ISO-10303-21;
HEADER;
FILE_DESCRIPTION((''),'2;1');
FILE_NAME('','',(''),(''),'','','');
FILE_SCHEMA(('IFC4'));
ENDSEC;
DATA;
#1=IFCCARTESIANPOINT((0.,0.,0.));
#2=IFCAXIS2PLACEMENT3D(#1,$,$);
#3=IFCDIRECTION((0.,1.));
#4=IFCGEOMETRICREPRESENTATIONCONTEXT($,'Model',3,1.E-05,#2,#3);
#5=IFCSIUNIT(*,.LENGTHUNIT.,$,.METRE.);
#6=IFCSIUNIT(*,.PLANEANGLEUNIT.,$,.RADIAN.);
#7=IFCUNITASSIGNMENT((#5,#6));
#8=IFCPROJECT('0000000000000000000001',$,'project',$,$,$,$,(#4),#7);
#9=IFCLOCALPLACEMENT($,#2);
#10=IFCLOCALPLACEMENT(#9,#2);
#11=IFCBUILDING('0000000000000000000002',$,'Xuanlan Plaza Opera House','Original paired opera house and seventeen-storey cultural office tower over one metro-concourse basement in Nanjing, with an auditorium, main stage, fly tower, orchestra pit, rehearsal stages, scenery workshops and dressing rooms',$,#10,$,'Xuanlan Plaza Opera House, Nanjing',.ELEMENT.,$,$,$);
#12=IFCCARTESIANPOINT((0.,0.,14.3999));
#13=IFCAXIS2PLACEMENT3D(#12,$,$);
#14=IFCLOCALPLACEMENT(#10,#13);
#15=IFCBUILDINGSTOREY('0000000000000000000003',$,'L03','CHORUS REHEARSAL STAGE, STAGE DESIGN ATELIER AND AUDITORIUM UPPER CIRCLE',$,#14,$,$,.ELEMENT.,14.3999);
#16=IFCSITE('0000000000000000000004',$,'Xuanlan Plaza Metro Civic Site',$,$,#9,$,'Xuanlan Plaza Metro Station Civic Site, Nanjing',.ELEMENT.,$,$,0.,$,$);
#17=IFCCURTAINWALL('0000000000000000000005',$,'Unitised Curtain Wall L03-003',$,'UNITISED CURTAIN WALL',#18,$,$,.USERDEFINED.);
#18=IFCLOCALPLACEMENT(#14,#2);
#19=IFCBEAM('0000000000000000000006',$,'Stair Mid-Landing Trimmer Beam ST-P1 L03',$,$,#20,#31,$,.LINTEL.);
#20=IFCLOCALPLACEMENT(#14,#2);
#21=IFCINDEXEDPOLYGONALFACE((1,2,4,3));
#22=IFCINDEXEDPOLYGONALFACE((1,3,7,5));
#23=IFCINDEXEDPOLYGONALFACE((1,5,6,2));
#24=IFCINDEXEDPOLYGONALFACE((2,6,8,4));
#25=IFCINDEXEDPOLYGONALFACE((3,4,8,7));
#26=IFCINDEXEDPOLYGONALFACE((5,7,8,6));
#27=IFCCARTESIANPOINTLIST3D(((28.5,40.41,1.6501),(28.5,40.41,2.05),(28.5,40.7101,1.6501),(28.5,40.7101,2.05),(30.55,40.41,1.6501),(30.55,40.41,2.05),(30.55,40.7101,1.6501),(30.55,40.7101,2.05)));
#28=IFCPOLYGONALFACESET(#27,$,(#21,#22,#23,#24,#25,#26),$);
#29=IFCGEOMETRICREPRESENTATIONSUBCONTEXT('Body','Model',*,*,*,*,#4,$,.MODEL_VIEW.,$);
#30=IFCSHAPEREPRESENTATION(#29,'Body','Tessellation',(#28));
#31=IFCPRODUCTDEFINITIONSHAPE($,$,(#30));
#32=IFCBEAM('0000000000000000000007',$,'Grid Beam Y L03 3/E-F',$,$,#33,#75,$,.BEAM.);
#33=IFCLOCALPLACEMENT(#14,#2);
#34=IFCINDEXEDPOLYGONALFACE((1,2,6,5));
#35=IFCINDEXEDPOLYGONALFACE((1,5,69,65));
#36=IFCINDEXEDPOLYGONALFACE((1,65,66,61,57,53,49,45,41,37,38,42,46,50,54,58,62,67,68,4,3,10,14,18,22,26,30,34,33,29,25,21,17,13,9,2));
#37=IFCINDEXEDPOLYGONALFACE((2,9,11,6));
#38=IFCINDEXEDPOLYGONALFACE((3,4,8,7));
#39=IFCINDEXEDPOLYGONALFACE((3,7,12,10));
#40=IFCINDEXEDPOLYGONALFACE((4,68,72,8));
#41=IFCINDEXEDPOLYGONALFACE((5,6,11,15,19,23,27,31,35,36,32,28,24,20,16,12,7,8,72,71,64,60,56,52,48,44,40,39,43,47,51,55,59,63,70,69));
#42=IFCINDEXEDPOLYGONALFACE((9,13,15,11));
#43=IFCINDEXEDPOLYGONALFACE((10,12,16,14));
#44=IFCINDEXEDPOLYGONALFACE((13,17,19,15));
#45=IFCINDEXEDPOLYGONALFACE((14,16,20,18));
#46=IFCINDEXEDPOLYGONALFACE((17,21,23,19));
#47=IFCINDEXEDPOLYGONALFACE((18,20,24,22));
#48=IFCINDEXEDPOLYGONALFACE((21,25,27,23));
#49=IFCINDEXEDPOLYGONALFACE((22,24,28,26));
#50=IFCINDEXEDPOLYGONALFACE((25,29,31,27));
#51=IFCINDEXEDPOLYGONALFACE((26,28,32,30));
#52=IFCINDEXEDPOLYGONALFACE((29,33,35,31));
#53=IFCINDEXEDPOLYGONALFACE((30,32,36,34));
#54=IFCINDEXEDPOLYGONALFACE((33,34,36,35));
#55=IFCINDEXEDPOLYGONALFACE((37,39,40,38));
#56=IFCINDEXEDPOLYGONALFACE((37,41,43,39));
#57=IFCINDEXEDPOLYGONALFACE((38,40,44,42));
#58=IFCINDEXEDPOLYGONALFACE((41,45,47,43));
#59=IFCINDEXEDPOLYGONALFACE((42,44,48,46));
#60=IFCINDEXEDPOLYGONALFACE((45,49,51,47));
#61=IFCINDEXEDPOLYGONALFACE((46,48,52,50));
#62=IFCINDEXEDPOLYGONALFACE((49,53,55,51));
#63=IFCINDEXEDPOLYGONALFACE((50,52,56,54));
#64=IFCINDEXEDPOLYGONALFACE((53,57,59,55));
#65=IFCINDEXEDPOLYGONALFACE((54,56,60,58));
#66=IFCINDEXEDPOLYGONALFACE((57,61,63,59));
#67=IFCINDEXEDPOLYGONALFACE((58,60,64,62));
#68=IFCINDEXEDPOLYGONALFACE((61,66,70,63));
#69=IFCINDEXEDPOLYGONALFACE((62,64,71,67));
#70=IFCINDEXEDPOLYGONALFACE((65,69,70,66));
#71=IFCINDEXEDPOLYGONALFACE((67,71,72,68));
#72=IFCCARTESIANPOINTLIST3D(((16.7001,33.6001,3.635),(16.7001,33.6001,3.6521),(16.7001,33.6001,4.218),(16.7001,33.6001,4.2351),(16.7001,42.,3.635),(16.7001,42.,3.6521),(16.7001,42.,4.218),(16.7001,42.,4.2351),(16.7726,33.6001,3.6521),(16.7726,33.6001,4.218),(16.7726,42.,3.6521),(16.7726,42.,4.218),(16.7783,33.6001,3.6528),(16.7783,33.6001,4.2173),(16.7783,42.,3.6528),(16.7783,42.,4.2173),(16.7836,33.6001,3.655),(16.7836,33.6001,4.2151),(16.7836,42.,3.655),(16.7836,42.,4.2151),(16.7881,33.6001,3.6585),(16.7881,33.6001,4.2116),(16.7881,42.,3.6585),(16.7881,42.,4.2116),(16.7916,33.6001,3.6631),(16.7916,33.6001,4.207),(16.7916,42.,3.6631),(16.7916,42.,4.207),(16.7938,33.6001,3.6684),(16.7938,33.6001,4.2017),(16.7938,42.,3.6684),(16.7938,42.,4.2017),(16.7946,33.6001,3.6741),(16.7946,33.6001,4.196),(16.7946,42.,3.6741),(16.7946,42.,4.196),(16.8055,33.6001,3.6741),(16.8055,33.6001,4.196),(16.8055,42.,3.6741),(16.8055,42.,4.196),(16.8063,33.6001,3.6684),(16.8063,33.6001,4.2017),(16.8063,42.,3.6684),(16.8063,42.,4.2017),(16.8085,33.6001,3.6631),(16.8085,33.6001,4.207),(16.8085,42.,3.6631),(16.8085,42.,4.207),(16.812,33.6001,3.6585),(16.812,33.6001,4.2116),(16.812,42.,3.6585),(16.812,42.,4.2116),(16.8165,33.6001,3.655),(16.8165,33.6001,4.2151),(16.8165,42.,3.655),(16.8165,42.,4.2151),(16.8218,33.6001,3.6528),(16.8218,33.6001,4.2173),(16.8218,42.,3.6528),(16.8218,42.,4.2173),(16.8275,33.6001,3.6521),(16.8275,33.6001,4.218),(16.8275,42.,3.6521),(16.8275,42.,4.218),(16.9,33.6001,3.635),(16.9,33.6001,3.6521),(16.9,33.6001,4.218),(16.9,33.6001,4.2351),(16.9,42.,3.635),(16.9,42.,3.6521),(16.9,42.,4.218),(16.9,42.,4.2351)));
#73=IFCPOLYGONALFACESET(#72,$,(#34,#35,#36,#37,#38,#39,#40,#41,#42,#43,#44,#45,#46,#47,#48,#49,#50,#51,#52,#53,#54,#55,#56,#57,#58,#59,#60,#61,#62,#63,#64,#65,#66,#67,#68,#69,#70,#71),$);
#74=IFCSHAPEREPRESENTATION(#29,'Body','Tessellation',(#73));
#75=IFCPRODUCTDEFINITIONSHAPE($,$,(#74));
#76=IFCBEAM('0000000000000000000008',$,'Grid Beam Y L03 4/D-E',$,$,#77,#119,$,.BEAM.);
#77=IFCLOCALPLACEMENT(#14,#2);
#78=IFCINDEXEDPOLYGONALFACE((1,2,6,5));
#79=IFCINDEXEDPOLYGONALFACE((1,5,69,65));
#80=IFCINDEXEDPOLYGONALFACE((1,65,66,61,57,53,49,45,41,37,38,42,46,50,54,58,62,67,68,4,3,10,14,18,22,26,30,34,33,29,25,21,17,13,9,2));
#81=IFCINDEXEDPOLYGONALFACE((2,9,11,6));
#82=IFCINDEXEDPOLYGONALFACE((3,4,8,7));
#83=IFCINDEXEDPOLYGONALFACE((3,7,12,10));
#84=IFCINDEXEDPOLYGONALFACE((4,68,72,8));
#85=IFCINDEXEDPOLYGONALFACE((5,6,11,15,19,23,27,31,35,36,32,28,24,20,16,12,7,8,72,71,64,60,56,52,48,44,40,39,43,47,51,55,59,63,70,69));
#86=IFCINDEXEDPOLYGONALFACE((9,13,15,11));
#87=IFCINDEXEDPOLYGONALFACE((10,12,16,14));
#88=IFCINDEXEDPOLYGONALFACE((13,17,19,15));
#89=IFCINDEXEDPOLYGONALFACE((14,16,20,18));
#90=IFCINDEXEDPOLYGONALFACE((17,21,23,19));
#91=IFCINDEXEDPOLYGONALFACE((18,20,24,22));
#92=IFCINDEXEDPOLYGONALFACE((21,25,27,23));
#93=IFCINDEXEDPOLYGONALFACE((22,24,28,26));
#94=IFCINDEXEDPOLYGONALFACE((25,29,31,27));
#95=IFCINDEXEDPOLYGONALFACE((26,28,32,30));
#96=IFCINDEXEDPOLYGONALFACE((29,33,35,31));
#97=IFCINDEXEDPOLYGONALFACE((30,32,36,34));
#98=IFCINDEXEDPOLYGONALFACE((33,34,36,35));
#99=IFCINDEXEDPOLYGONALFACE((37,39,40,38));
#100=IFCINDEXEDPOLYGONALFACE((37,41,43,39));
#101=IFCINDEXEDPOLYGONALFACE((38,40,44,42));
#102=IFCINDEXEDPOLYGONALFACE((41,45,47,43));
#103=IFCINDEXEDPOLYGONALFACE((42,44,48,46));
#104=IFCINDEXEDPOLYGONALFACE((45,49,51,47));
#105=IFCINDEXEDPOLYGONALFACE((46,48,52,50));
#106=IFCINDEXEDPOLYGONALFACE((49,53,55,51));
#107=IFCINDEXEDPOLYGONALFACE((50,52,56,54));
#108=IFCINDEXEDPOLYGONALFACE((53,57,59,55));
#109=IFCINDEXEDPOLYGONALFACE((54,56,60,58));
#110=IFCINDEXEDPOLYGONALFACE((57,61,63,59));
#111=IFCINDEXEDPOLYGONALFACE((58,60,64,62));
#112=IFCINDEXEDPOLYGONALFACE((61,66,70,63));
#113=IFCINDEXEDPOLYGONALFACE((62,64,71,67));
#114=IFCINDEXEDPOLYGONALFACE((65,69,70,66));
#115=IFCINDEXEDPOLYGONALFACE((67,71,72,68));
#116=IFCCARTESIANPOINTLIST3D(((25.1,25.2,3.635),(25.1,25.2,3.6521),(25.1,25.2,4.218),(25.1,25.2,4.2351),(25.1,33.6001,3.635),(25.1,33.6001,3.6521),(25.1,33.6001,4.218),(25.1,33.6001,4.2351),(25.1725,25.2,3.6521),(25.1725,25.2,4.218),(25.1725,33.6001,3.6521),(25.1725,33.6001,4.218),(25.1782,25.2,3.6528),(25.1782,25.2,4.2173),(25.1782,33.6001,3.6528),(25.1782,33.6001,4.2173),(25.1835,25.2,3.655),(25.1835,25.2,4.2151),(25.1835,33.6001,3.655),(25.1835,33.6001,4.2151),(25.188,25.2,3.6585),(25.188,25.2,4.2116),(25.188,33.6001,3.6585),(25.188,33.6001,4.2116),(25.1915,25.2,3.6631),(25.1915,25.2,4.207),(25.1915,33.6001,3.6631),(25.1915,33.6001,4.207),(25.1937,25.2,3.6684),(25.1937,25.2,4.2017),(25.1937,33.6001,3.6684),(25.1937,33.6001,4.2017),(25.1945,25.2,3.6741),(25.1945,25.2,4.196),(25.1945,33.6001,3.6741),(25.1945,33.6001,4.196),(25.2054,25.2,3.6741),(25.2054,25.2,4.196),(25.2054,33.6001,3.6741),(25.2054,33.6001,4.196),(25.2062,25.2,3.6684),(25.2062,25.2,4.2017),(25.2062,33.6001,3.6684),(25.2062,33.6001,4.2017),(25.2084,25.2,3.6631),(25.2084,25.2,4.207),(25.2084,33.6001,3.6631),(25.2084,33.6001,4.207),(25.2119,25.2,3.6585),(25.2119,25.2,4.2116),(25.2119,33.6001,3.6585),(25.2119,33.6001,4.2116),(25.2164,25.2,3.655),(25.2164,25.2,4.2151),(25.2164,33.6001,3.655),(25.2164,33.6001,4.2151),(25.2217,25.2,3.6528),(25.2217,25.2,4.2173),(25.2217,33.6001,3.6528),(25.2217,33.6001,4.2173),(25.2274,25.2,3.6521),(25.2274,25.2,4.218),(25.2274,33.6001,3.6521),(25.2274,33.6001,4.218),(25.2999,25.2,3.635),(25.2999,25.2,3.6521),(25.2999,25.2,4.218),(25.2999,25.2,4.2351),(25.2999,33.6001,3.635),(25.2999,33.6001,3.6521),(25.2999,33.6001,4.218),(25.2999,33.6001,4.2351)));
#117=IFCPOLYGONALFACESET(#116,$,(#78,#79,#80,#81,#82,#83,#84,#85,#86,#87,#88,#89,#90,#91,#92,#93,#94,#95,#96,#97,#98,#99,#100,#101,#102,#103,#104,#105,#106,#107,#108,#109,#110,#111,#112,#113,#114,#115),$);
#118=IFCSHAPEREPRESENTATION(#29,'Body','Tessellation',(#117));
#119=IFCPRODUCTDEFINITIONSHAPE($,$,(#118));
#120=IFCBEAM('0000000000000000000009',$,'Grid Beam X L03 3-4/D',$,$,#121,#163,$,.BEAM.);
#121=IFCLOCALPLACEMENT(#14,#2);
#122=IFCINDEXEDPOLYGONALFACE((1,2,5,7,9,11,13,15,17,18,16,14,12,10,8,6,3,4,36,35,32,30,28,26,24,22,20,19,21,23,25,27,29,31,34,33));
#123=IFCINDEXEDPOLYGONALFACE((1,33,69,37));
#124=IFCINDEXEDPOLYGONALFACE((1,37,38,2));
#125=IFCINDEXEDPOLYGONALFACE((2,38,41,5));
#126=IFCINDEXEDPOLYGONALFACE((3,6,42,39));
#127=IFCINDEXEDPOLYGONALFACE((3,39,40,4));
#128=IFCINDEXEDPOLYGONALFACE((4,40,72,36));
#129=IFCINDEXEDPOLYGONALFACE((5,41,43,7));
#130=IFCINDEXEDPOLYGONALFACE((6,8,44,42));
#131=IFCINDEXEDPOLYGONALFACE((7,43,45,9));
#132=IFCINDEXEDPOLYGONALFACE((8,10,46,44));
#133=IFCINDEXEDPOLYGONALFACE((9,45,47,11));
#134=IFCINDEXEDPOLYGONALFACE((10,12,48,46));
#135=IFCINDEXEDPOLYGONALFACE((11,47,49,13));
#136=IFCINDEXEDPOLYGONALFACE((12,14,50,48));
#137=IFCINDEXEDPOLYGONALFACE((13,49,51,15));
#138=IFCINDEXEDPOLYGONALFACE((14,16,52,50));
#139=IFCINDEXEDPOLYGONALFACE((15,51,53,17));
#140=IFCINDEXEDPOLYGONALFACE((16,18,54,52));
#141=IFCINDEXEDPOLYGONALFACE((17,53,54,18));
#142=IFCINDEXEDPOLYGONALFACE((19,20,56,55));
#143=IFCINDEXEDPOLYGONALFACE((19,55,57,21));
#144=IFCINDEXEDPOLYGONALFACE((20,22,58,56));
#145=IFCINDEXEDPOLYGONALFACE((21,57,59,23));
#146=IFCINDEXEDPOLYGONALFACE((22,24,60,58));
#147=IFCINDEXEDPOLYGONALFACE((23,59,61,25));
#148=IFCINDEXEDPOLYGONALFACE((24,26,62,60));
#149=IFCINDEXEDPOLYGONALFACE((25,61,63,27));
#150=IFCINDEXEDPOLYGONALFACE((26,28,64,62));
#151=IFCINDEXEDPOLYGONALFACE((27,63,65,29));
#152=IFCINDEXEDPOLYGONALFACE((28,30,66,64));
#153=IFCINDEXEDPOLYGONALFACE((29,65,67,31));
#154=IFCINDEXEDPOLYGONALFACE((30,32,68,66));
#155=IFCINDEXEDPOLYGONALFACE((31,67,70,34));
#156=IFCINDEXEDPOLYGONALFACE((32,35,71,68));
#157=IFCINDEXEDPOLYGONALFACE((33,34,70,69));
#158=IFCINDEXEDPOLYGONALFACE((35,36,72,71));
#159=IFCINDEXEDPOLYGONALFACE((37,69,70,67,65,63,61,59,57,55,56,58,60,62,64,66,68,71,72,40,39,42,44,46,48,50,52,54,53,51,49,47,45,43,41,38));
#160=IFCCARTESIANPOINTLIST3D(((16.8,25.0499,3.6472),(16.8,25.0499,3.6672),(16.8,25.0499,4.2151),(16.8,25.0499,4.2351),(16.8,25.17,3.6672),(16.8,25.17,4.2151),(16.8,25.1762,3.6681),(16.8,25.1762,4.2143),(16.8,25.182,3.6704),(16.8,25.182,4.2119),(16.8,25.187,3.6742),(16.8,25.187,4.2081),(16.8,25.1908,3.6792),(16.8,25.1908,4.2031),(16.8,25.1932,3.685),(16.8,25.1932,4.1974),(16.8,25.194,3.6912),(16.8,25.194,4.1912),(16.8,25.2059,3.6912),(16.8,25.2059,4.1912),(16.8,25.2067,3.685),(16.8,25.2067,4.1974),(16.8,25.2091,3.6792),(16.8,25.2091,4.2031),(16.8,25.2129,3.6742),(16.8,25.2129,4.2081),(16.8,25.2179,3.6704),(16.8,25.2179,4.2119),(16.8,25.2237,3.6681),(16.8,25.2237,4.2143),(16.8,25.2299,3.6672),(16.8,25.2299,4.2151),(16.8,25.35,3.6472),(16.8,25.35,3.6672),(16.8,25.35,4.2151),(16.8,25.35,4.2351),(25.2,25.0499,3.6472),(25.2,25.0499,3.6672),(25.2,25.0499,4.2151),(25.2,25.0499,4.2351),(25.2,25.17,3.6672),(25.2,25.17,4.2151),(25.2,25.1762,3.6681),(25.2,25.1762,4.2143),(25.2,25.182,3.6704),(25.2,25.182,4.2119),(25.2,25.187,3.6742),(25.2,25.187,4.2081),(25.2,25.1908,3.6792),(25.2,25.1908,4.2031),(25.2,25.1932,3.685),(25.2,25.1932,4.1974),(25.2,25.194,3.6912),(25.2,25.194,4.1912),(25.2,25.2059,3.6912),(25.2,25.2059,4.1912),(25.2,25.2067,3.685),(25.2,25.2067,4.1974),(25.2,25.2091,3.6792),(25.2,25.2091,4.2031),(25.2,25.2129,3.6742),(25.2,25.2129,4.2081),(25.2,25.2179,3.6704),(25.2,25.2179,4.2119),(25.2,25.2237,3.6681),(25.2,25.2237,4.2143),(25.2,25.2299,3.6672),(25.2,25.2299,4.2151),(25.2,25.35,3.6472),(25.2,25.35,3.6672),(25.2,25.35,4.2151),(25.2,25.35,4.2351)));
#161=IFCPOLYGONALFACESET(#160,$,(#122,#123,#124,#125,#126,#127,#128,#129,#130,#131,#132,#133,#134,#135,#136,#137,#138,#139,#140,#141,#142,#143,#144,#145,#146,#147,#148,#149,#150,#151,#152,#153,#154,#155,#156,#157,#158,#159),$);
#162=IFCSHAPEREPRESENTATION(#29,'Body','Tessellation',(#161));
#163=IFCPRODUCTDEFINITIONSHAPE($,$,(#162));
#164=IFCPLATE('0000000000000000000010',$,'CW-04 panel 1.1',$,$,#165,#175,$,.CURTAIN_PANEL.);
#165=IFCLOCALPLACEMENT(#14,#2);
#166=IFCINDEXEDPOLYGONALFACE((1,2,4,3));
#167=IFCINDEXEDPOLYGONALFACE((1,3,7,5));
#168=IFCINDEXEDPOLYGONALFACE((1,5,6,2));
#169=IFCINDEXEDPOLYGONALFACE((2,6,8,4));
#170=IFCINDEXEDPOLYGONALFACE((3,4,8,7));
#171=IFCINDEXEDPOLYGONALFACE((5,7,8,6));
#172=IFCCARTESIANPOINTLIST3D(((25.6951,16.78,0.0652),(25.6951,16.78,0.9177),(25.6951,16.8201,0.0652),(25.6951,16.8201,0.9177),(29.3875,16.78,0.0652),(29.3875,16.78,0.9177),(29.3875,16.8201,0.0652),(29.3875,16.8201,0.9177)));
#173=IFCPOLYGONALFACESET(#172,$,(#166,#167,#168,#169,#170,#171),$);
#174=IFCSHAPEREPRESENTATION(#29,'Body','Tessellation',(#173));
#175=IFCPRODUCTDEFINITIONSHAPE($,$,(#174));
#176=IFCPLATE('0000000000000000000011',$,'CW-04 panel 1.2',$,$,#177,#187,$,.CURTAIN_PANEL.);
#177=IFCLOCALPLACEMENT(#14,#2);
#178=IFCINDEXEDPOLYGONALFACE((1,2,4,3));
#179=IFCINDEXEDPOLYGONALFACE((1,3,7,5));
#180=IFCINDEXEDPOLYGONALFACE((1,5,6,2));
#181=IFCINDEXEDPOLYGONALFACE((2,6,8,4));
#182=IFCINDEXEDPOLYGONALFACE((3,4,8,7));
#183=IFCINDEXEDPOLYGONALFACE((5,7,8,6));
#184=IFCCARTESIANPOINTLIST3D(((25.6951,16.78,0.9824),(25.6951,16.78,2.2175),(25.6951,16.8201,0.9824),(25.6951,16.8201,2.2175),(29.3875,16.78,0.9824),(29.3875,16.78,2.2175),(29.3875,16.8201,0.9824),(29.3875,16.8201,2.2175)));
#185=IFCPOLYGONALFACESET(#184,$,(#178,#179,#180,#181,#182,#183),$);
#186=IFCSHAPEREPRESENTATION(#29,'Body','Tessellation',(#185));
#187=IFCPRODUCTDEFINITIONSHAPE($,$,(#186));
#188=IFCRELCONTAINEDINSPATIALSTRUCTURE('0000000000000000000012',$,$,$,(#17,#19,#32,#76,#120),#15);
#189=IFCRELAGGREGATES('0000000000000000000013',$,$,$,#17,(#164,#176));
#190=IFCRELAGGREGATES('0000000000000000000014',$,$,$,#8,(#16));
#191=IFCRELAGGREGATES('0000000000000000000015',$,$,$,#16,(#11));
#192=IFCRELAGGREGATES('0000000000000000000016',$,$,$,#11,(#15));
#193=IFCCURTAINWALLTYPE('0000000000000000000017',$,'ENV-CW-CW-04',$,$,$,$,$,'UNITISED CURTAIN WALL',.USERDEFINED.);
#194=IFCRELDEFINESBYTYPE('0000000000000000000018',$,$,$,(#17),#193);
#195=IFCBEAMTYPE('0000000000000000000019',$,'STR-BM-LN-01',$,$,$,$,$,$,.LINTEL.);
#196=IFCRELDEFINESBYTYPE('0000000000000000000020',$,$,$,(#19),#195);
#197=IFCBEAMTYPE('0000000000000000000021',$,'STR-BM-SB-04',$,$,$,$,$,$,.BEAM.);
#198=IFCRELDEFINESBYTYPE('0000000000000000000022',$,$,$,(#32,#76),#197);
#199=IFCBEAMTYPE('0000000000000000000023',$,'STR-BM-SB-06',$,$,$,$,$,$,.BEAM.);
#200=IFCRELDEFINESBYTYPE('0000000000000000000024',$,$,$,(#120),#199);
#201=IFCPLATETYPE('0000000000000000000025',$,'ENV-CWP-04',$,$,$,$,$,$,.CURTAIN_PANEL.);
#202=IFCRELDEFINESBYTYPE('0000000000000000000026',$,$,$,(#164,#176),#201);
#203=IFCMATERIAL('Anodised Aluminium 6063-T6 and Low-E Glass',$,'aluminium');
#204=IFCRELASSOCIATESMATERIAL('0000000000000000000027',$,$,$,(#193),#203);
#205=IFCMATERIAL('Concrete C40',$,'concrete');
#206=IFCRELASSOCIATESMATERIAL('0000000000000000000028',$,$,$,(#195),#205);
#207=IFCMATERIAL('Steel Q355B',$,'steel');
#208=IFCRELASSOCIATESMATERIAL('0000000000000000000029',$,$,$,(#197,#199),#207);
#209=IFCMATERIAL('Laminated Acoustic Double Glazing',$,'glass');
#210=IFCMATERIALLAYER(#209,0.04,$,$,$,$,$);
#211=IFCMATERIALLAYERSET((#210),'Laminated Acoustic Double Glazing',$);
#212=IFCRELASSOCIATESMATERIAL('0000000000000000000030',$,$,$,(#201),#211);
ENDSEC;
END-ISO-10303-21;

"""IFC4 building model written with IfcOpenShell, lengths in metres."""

from ifc_helpers import new_model, si_unit, direction, frame, origin, origin_2d, place, context, subcontext, project, spatial, rectangle, i_section, extrude, material, layer, layer_set, material_profile, profile_set, type_object, element, aggregate, save


model = new_model("IFC4")

# Units and contexts
model_context = context("Model", 3, precision=1e-05, world=origin(), true_north=direction((0.0, 1.0)))
body_context = subcontext(model_context, "Body", "Model", "MODEL_VIEW")
ifc_project = project(units=[si_unit("LENGTHUNIT", "METRE"), si_unit("PLANEANGLEUNIT", "RADIAN")], contexts=[model_context])

# Site, building, storey
site_placement = place(None, origin())
site = spatial("IfcSite", under=ifc_project, at=site_placement, Name="Xuanlan Plaza Metro Civic Site", LongName="Xuanlan Plaza Metro Station Civic Site, Nanjing", CompositionType="ELEMENT", RefElevation=0.0)
building_placement = place(site_placement, origin())
building = spatial("IfcBuilding", under=site, at=building_placement, Name="Xuanlan Plaza Opera House", Description="Original paired opera house and seventeen-storey cultural office tower over one metro-concourse basement in Nanjing, with an auditorium, main stage, fly tower, orchestra pit, rehearsal stages, scenery workshops and dressing rooms", LongName="Xuanlan Plaza Opera House, Nanjing", CompositionType="ELEMENT")
storey_placement = place(building_placement, frame((0.0, 0.0, 14.3999)))
storey = spatial("IfcBuildingStorey", under=building, at=storey_placement, Name="L03", Description="CHORUS REHEARSAL STAGE, STAGE DESIGN ATELIER AND AUDITORIUM UPPER CIRCLE", CompositionType="ELEMENT", Elevation=14.3999)

# Shared definitions
ifc_material_1 = material(Name="Concrete C40", Category="concrete")

# Curtain wall
ifc_material_2 = material(Name="Anodised Aluminium 6063-T6 and Low-E Glass", Category="aluminium")
curtain_wall_type = type_object("IfcCurtainWallType", Name="ENV-CW-CW-04", ElementType="UNITISED CURTAIN WALL", PredefinedType="USERDEFINED", material=ifc_material_2)
curtain_wall_placement = place(storey_placement, origin())
curtain_wall = element("IfcCurtainWall", 1, at=curtain_wall_placement, inside=storey, type_object=curtain_wall_type, Name="Unitised Curtain Wall L03-003", ObjectType="UNITISED CURTAIN WALL", PredefinedType="USERDEFINED")

# Beams
ifc_material_profile_1 = material_profile(ifc_material_1, rectangle(XDim=0.3, YDim=0.3999, at=origin_2d()), Name="RC-LNT 300x400")
ifc_profile_set_1 = profile_set([ifc_material_profile_1], Name="Concrete C40")
beam_type_1 = type_object("IfcBeamType", Name="STR-BM-LN-01", PredefinedType="LINTEL", material=ifc_profile_set_1)
beam_1_placement = place(storey_placement, frame((28.5, 40.5601, 1.8501), z_axis=(1.0, 0.0, 0.0), x_axis=(0.0, 1.0, 0.0)))
element("IfcBeam", 2, at=beam_1_placement, inside=storey, type_object=beam_type_1, Name="Stair Mid-Landing Trimmer Beam ST-P1 L03", PredefinedType="LINTEL", context=body_context, shape_type="SweptSolid", body=[
    extrude(rectangle(XDim=0.3, YDim=0.3999, at=origin_2d()), origin(), (0.0, 0.0, 1.0), 2.05),
])
ifc_material_3 = material(Name="Steel Q355B", Category="steel")
ifc_material_profile_2 = material_profile(ifc_material_3, i_section(OverallWidth=0.2, OverallDepth=0.6001, WebThickness=0.011, FlangeThickness=0.0171, FilletRadius=0.022, at=origin_2d()), Name="HN 600x200x11x17")
ifc_profile_set_2 = profile_set([ifc_material_profile_2], Name="Steel Q355B")
beam_type_2 = type_object("IfcBeamType", Name="STR-BM-SB-04", PredefinedType="BEAM", material=ifc_profile_set_2)
beam_2_placement = place(storey_placement, frame((16.8, 33.6001, 3.9351), z_axis=(0.0, 1.0, 0.0), x_axis=(-1.0, 0.0, 0.0)))
element("IfcBeam", 3, at=beam_2_placement, inside=storey, type_object=beam_type_2, Name="Grid Beam Y L03 3/E-F", PredefinedType="BEAM", context=body_context, shape_type="SweptSolid", body=[
    extrude(i_section(OverallWidth=0.2, OverallDepth=0.6001, WebThickness=0.011, FlangeThickness=0.0171, FilletRadius=0.022, at=origin_2d()), origin(), (0.0, 0.0, 1.0), 8.3999),
])
beam_3_placement = place(storey_placement, frame((25.2, 25.2, 3.9351), z_axis=(0.0, 1.0, 0.0), x_axis=(-1.0, 0.0, 0.0)))
element("IfcBeam", 4, at=beam_3_placement, inside=storey, type_object=beam_type_2, Name="Grid Beam Y L03 4/D-E", PredefinedType="BEAM", context=body_context, shape_type="SweptSolid", body=[
    extrude(i_section(OverallWidth=0.2, OverallDepth=0.6001, WebThickness=0.011, FlangeThickness=0.0171, FilletRadius=0.022, at=origin_2d()), origin(), (0.0, 0.0, 1.0), 8.4001),
])
ifc_material_profile_3 = material_profile(ifc_material_3, i_section(OverallWidth=0.3, OverallDepth=0.5879, WebThickness=0.012, FlangeThickness=0.02, FilletRadius=0.0239, at=origin_2d()), Name="HM 588x300x12x20")
ifc_profile_set_3 = profile_set([ifc_material_profile_3], Name="Steel Q355B")
beam_type_3 = type_object("IfcBeamType", Name="STR-BM-SB-06", PredefinedType="BEAM", material=ifc_profile_set_3)
beam_4_placement = place(storey_placement, frame((16.8, 25.2, 3.9412), z_axis=(1.0, 0.0, 0.0), x_axis=(0.0, 1.0, 0.0)))
element("IfcBeam", 5, at=beam_4_placement, inside=storey, type_object=beam_type_3, Name="Grid Beam X L03 3-4/D", PredefinedType="BEAM", context=body_context, shape_type="SweptSolid", body=[
    extrude(i_section(OverallWidth=0.3, OverallDepth=0.5879, WebThickness=0.012, FlangeThickness=0.02, FilletRadius=0.0239, at=origin_2d()), origin(), (0.0, 0.0, 1.0), 8.3999),
])

# Plates
ifc_material_4 = material(Name="Laminated Acoustic Double Glazing", Category="glass")
ifc_layer_1 = layer(ifc_material_4, 0.04)
ifc_layer_set_1 = layer_set([ifc_layer_1], Name="Laminated Acoustic Double Glazing")
plate_type = type_object("IfcPlateType", Name="ENV-CWP-04", PredefinedType="CURTAIN_PANEL", material=ifc_layer_set_1)
plate_1_placement = place(storey_placement, frame((27.5413, 16.8, 0.0652), z_axis=(0.0, 0.0, 1.0), x_axis=(1.0, 0.0, 0.0)))
plate_1 = element("IfcPlate", 6, at=plate_1_placement, type_object=plate_type, Name="CW-04 panel 1.1", PredefinedType="CURTAIN_PANEL", context=body_context, shape_type="SweptSolid", body=[
    extrude(rectangle(XDim=3.6924, YDim=0.04, at=origin_2d()), origin(), (0.0, 0.0, 1.0), 0.8525),
])
plate_2_placement = place(storey_placement, frame((27.5413, 16.8, 0.9824), z_axis=(0.0, 0.0, 1.0), x_axis=(1.0, 0.0, 0.0)))
plate_2 = element("IfcPlate", 7, at=plate_2_placement, type_object=plate_type, Name="CW-04 panel 1.2", PredefinedType="CURTAIN_PANEL", context=body_context, shape_type="SweptSolid", body=[
    extrude(rectangle(XDim=3.6924, YDim=0.04, at=origin_2d()), origin(), (0.0, 0.0, 1.0), 1.2351),
])
aggregate(curtain_wall, [plate_1, plate_2])

save(model, "model.ifc")
